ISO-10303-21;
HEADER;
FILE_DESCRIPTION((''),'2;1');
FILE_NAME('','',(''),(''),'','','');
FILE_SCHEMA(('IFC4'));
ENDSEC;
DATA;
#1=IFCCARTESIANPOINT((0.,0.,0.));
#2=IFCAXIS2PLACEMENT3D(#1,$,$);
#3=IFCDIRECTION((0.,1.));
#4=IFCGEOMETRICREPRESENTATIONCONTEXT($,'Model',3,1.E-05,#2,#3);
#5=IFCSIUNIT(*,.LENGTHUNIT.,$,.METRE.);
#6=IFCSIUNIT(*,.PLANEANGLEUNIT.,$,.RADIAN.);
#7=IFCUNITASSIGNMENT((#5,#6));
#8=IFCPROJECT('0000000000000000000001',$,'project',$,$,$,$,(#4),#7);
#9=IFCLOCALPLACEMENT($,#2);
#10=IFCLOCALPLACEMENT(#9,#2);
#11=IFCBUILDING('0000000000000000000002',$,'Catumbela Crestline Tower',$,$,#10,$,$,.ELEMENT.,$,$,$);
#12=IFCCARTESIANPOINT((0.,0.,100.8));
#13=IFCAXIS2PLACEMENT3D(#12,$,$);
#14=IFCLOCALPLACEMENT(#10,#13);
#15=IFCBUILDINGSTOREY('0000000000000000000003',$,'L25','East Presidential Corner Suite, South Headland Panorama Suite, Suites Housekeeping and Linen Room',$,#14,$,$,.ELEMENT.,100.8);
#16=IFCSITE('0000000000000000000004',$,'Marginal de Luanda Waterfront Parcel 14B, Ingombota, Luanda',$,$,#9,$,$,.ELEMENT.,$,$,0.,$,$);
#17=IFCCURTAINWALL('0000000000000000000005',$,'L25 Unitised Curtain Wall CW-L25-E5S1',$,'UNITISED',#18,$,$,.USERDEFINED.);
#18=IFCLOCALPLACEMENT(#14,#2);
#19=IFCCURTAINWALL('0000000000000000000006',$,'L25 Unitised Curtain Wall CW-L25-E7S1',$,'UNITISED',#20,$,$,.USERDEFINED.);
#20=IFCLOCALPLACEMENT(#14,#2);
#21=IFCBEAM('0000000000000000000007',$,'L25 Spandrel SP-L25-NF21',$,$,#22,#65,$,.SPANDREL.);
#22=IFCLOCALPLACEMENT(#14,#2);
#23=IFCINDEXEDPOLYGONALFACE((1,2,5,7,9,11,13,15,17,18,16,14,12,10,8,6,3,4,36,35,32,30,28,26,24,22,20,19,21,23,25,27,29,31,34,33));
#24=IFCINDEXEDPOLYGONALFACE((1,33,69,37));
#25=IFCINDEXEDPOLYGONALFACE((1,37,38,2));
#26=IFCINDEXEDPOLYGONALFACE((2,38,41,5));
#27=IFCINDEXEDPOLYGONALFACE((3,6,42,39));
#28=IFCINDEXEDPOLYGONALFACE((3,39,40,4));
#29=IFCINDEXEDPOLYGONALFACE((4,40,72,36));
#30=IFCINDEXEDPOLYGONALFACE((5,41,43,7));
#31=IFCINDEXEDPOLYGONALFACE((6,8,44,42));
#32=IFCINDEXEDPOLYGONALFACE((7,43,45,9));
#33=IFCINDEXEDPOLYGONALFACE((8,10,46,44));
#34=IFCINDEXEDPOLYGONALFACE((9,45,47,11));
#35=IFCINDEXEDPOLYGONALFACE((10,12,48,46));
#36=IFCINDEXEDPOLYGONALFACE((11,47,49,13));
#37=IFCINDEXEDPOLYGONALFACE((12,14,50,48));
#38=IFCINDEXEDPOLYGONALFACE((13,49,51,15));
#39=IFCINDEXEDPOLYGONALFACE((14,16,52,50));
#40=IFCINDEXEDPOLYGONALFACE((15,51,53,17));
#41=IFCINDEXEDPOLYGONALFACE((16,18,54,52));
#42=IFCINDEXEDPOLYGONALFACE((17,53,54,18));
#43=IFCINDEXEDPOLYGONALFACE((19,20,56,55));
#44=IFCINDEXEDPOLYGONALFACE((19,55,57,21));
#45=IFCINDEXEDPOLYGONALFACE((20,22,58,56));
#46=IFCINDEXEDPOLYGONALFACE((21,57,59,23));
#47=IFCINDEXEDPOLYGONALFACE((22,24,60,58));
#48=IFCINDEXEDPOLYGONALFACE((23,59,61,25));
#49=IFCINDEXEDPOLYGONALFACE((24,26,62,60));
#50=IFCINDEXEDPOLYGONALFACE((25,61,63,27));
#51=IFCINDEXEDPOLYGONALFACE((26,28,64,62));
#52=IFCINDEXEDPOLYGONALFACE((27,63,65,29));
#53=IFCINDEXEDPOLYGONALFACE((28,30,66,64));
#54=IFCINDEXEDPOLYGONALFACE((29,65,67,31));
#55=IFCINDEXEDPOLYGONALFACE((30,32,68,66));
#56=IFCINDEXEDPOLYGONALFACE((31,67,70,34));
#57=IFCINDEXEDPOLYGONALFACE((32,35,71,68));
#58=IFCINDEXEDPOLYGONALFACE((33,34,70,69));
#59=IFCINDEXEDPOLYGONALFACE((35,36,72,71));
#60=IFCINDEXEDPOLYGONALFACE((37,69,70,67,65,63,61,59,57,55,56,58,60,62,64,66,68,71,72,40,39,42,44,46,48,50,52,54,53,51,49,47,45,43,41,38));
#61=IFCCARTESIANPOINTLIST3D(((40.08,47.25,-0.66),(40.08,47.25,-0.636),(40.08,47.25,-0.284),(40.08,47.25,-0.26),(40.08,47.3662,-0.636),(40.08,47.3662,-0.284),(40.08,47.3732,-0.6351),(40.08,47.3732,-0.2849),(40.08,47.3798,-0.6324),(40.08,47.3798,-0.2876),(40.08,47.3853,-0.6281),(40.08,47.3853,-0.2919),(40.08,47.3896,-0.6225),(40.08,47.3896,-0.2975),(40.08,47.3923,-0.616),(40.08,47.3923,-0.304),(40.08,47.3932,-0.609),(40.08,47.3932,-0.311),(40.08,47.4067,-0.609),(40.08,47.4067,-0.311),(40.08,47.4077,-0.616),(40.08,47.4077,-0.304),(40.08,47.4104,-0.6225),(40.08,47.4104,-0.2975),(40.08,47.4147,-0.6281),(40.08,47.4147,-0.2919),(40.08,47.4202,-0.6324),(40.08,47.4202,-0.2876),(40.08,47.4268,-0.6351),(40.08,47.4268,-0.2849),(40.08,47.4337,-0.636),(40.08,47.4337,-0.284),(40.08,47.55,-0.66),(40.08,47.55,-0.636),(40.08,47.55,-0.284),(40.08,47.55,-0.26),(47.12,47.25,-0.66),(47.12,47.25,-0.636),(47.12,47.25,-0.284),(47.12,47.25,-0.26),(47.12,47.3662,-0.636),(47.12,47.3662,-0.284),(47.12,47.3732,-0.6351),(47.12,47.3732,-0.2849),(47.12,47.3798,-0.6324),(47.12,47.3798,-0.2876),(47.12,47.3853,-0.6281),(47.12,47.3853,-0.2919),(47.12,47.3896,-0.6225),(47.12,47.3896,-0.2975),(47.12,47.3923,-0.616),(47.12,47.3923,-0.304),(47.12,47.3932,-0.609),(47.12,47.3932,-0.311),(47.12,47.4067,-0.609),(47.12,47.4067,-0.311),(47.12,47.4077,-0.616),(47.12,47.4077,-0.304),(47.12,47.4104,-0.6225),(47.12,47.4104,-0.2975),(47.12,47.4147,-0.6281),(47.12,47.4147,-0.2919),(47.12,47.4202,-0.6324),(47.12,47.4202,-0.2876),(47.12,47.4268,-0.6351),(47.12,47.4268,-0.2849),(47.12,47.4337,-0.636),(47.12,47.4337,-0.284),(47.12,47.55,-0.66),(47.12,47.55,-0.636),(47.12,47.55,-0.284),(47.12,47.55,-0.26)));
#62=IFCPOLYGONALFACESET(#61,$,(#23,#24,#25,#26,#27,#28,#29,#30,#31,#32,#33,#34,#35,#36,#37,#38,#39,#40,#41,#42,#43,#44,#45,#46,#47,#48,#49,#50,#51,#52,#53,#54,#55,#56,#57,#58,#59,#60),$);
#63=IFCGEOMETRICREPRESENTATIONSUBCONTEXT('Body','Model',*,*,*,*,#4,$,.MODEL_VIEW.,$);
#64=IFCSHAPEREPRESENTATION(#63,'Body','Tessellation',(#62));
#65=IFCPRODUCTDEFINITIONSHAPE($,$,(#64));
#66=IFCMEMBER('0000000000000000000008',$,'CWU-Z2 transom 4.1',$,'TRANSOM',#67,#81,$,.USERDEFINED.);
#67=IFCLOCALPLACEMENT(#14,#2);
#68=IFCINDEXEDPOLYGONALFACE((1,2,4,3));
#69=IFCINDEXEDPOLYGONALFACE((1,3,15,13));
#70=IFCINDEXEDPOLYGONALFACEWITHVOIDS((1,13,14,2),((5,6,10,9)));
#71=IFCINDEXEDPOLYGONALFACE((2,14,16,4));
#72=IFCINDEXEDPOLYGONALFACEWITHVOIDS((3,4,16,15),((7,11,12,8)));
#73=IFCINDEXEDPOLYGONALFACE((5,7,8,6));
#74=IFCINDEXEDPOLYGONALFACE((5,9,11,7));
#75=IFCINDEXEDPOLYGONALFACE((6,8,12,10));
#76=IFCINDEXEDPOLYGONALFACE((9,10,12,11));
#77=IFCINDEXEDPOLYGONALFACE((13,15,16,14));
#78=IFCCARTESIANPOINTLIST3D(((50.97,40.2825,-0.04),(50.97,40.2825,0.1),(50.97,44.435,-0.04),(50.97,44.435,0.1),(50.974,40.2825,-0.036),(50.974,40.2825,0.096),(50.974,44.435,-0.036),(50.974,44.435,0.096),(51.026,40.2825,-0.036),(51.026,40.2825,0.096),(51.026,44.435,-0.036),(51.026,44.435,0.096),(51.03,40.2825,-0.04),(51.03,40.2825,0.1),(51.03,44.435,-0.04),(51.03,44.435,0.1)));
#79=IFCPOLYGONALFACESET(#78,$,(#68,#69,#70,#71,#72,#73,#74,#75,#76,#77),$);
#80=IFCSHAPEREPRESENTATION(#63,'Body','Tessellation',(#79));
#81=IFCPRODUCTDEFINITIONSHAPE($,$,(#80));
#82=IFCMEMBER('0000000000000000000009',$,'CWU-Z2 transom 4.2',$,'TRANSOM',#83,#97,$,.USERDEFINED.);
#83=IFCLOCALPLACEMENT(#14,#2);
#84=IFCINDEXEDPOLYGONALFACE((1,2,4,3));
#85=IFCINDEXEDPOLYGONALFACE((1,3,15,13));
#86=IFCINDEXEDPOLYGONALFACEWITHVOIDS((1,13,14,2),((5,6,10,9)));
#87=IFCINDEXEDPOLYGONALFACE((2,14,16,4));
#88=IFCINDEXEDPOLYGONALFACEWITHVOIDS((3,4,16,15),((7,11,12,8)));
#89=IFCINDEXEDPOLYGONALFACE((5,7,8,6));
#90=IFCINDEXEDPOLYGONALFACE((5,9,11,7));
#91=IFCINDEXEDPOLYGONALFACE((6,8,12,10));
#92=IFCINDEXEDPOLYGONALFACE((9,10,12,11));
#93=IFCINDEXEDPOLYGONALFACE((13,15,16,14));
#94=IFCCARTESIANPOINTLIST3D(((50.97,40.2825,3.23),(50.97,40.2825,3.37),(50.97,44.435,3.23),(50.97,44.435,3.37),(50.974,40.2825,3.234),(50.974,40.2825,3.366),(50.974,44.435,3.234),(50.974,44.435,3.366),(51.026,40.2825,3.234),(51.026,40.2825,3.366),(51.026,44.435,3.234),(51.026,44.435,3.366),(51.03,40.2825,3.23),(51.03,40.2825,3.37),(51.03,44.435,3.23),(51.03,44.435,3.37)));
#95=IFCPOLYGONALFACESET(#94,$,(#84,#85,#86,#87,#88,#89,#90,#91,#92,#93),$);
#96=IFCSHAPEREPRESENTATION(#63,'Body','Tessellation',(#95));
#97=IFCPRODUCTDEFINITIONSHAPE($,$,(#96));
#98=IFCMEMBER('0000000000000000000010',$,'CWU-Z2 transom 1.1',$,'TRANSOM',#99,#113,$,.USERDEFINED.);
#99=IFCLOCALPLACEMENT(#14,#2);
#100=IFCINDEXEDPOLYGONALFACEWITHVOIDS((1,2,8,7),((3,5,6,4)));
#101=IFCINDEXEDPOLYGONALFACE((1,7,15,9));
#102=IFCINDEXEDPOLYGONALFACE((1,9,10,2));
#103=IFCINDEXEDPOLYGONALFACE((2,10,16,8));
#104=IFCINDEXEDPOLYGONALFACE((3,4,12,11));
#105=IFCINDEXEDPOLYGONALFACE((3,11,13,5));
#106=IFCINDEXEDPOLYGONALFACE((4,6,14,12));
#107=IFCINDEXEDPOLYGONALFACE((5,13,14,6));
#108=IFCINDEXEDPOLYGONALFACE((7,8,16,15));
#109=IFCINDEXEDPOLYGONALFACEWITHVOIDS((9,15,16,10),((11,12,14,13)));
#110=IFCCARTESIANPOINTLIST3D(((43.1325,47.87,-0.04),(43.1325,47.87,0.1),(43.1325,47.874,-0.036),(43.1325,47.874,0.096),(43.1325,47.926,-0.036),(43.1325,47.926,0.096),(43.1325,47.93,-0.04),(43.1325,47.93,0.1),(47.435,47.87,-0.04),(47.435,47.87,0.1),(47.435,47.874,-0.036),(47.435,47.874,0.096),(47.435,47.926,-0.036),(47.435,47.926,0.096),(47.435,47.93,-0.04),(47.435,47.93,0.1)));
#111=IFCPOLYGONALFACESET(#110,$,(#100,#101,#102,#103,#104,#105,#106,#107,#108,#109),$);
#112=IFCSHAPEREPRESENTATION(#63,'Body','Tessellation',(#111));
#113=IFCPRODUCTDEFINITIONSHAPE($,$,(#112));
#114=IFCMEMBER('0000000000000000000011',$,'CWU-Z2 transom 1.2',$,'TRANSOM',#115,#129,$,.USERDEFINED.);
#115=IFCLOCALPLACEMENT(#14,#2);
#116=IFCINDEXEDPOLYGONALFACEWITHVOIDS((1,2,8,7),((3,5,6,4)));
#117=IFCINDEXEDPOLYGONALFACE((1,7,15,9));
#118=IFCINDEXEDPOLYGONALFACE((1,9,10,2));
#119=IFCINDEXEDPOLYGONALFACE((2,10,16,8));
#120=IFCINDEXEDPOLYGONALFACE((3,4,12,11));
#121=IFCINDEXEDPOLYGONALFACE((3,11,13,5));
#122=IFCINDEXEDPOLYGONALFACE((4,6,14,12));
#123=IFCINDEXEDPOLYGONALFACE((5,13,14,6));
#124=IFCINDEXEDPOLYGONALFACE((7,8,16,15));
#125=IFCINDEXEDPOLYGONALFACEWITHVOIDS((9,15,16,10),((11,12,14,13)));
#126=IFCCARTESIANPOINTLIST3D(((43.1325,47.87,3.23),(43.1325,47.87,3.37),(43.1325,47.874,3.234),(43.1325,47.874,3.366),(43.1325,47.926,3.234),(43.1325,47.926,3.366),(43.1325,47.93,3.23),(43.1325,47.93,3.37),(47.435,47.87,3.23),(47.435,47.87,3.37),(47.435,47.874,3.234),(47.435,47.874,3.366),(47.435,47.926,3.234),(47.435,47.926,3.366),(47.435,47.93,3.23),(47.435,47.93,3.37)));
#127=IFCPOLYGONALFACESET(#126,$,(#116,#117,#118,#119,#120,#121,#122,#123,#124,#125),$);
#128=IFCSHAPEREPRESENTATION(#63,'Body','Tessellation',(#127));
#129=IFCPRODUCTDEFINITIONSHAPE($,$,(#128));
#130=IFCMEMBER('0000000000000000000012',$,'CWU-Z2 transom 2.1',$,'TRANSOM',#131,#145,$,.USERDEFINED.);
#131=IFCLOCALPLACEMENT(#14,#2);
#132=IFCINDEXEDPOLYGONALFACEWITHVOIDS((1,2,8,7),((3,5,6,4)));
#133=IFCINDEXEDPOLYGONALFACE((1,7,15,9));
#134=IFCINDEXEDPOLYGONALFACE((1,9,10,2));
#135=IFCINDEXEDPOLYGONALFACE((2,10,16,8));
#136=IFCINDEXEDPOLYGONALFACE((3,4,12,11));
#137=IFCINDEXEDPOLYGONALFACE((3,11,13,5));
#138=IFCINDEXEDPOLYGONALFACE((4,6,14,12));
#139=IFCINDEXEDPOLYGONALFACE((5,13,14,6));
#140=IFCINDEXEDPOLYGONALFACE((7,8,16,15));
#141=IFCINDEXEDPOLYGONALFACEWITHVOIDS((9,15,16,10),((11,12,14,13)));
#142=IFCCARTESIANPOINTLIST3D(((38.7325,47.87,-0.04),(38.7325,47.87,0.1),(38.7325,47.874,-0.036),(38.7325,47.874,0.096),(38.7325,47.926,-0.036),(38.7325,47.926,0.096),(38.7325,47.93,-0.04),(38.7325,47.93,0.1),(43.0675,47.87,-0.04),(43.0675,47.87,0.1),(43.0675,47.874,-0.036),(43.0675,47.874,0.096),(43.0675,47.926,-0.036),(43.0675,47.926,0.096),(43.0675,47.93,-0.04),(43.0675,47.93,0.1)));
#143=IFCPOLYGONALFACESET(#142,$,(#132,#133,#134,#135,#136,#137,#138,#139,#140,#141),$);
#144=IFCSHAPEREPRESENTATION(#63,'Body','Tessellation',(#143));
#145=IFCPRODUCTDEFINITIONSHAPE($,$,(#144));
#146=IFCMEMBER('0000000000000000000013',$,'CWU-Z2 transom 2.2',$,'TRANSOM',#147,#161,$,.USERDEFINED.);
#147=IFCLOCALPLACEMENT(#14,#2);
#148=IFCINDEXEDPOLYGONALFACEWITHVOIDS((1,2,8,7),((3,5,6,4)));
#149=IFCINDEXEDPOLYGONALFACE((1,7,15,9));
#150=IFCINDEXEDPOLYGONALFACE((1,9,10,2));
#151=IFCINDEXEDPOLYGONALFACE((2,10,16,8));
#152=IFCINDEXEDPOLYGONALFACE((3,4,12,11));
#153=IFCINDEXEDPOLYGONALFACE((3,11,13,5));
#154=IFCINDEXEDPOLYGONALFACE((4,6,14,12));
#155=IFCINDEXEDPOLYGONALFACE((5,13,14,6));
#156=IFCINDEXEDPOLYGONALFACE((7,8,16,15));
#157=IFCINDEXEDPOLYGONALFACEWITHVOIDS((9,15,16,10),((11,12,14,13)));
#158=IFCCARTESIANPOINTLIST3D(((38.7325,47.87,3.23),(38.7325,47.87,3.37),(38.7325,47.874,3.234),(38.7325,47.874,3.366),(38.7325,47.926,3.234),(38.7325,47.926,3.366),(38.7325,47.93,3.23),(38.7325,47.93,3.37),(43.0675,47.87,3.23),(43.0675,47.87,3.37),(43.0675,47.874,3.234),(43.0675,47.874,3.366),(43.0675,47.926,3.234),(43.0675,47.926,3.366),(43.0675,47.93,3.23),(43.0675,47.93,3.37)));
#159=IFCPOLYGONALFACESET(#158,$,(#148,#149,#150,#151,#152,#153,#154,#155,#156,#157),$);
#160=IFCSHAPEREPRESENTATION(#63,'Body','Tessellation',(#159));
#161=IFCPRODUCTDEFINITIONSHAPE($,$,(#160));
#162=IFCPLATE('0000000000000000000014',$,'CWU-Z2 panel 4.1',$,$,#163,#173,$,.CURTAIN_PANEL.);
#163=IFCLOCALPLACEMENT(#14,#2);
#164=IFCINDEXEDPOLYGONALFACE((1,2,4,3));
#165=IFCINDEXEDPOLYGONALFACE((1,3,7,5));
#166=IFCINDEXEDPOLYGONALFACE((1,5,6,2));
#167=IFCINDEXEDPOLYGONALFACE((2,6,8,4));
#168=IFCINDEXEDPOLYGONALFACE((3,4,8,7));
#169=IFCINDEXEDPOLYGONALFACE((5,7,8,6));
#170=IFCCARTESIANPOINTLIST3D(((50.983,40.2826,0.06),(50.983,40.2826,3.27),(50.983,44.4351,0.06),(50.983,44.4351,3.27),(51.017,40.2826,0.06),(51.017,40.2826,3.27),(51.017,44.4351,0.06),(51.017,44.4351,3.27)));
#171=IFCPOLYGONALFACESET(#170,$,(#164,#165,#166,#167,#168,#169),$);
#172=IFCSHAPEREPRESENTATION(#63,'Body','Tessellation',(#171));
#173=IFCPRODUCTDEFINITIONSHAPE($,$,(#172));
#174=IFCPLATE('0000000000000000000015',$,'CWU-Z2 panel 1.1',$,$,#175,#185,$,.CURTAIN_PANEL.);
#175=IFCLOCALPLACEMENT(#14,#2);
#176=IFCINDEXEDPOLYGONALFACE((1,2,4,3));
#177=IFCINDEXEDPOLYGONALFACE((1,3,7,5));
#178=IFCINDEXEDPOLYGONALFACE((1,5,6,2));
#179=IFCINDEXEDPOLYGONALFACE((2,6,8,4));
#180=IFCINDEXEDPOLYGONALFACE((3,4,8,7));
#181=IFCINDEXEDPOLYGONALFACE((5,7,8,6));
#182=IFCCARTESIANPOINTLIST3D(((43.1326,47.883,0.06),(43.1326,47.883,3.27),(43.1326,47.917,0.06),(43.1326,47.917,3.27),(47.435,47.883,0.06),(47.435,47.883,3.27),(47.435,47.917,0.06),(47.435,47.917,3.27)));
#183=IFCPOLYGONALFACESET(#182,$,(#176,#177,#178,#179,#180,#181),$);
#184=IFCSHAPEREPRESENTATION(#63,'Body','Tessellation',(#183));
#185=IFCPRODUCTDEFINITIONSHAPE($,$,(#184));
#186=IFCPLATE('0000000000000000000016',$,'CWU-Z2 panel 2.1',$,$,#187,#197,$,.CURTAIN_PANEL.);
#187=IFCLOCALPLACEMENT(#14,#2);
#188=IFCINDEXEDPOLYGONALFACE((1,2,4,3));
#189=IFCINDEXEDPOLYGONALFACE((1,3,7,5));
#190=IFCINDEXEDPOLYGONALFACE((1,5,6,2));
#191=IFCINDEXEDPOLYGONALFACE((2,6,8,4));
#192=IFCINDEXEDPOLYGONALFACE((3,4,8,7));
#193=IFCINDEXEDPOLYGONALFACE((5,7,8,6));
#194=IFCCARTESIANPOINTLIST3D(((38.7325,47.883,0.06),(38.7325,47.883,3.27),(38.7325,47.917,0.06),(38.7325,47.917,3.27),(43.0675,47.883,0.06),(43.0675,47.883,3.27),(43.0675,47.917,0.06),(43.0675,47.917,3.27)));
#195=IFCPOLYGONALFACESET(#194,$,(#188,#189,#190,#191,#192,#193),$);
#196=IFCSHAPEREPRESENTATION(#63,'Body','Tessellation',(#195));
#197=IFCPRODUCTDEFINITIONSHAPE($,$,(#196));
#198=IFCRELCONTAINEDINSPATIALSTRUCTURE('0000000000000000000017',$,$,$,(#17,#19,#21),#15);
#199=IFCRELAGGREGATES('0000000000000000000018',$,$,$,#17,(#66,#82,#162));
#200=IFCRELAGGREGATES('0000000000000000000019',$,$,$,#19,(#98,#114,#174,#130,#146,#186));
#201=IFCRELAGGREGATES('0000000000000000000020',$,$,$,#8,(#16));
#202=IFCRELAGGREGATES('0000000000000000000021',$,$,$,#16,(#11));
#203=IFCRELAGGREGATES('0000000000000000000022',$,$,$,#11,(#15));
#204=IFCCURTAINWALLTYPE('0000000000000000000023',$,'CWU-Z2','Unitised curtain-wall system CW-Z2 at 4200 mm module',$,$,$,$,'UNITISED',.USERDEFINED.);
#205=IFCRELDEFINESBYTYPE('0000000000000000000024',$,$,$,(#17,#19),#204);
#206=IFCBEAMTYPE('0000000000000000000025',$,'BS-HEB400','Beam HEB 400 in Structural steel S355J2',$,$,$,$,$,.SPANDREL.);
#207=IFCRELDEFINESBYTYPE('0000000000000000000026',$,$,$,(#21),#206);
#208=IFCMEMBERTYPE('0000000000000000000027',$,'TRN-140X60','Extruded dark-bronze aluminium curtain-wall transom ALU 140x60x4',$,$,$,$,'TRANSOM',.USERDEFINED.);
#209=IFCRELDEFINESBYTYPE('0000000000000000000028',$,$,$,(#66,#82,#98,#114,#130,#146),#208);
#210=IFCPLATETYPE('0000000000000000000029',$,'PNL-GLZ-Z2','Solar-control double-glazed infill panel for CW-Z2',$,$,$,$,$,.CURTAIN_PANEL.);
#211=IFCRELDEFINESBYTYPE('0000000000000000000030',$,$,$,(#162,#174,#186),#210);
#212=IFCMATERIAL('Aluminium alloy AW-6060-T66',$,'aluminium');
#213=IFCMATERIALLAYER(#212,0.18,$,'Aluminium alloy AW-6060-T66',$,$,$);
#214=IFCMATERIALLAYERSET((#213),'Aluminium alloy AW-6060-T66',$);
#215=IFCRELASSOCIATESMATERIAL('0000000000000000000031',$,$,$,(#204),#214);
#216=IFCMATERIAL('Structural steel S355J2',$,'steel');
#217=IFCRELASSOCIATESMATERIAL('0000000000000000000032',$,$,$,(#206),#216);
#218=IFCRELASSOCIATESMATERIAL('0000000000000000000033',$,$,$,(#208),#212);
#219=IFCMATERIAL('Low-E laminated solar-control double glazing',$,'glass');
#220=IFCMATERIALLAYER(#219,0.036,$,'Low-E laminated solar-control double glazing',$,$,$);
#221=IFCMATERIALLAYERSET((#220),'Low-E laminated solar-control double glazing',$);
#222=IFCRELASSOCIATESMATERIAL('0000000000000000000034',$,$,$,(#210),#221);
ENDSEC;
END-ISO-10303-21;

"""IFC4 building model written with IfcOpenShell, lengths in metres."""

from ifc_helpers import new_model, si_unit, direction, frame, origin, origin_2d, place, context, subcontext, project, spatial, rectangle, hollow_rectangle, i_section, extrude, material, layer, layer_set, material_profile, profile_set, type_object, element, aggregate, save


model = new_model("IFC4")

# Units and contexts
model_context = context("Model", 3, precision=1e-05, world=origin(), true_north=direction((0.0, 1.0)))
body_context = subcontext(model_context, "Body", "Model", "MODEL_VIEW")
ifc_project = project(units=[si_unit("LENGTHUNIT", "METRE"), si_unit("PLANEANGLEUNIT", "RADIAN")], contexts=[model_context])

# Site, building, storey
site_placement = place(None, origin())
site = spatial("IfcSite", under=ifc_project, at=site_placement, Name="Marginal de Luanda Waterfront Parcel 14B, Ingombota, Luanda", CompositionType="ELEMENT", RefElevation=0.0)
building_placement = place(site_placement, origin())
building = spatial("IfcBuilding", under=site, at=building_placement, Name="Catumbela Crestline Tower", CompositionType="ELEMENT")
storey_placement = place(building_placement, frame((0.0, 0.0, 100.8)))
storey = spatial("IfcBuildingStorey", under=building, at=storey_placement, Name="L25", Description="East Presidential Corner Suite, South Headland Panorama Suite, Suites Housekeeping and Linen Room", CompositionType="ELEMENT", Elevation=100.8)

# Curtain walls
ifc_material_1 = material(Name="Aluminium alloy AW-6060-T66", Category="aluminium")
ifc_layer_1 = layer(ifc_material_1, 0.18, Name="Aluminium alloy AW-6060-T66")
ifc_layer_set_1 = layer_set([ifc_layer_1], Name="Aluminium alloy AW-6060-T66")
curtain_wall_type = type_object("IfcCurtainWallType", Name="CWU-Z2", Description="Unitised curtain-wall system CW-Z2 at 4200 mm module", ElementType="UNITISED", PredefinedType="USERDEFINED", material=ifc_layer_set_1)
curtain_wall_1_placement = place(storey_placement, origin())
curtain_wall_1 = element("IfcCurtainWall", 1, at=curtain_wall_1_placement, inside=storey, type_object=curtain_wall_type, Name="L25 Unitised Curtain Wall CW-L25-E5S1", ObjectType="UNITISED", PredefinedType="USERDEFINED")
curtain_wall_2_placement = place(storey_placement, origin())
curtain_wall_2 = element("IfcCurtainWall", 2, at=curtain_wall_2_placement, inside=storey, type_object=curtain_wall_type, Name="L25 Unitised Curtain Wall CW-L25-E7S1", ObjectType="UNITISED", PredefinedType="USERDEFINED")

# Beam
ifc_material_2 = material(Name="Structural steel S355J2", Category="steel")
ifc_material_profile_1 = material_profile(ifc_material_2, i_section(OverallWidth=0.3, OverallDepth=0.4, WebThickness=0.0135, FlangeThickness=0.024, FilletRadius=0.027, at=origin_2d()), Name="HEB 400")
ifc_profile_set_1 = profile_set([ifc_material_profile_1], Name="Structural steel S355J2")
beam_type = type_object("IfcBeamType", Name="BS-HEB400", Description="Beam HEB 400 in Structural steel S355J2", PredefinedType="SPANDREL", material=ifc_profile_set_1)
beam_placement = place(storey_placement, frame((40.08, 47.4, -0.46), z_axis=(1.0, 0.0, 0.0), x_axis=(0.0, 1.0, 0.0)))
element("IfcBeam", 3, at=beam_placement, inside=storey, type_object=beam_type, Name="L25 Spandrel SP-L25-NF21", PredefinedType="SPANDREL", context=body_context, shape_type="SweptSolid", body=[
    extrude(i_section(OverallWidth=0.3, OverallDepth=0.4, WebThickness=0.0135, FlangeThickness=0.024, FilletRadius=0.027, at=origin_2d()), origin(), (0.0, 0.0, 1.0), 7.04),
])

# Members
ifc_material_profile_2 = material_profile(ifc_material_1, hollow_rectangle(XDim=0.06, YDim=0.14, WallThickness=0.004, at=origin_2d()), Name="ALU 140x60x4")
ifc_profile_set_2 = profile_set([ifc_material_profile_2], Name="Aluminium alloy AW-6060-T66")
member_type_1 = type_object("IfcMemberType", Name="TRN-140X60", Description="Extruded dark-bronze aluminium curtain-wall transom ALU 140x60x4", ElementType="TRANSOM", PredefinedType="USERDEFINED", material=ifc_profile_set_2)
member_1_placement = place(storey_placement, frame((51.0, 40.2825, 0.03), z_axis=(0.0, 1.0, 0.0), x_axis=(-1.0, 0.0, 0.0)))
member_1 = element("IfcMember", 4, at=member_1_placement, type_object=member_type_1, Name="CWU-Z2 transom 4.1", ObjectType="TRANSOM", PredefinedType="USERDEFINED", context=body_context, shape_type="SweptSolid", body=[
    extrude(hollow_rectangle(XDim=0.06, YDim=0.14, WallThickness=0.004, at=origin_2d()), origin(), (0.0, 0.0, 1.0), 4.1525),
])
member_2_placement = place(storey_placement, frame((51.0, 40.2825, 3.3), z_axis=(0.0, 1.0, 0.0), x_axis=(-1.0, 0.0, 0.0)))
member_2 = element("IfcMember", 5, at=member_2_placement, type_object=member_type_1, Name="CWU-Z2 transom 4.2", ObjectType="TRANSOM", PredefinedType="USERDEFINED", context=body_context, shape_type="SweptSolid", body=[
    extrude(hollow_rectangle(XDim=0.06, YDim=0.14, WallThickness=0.004, at=origin_2d()), origin(), (0.0, 0.0, 1.0), 4.1525),
])
member_3_placement = place(storey_placement, frame((47.435, 47.9, 0.03), z_axis=(-1.0, 0.0, 0.0), x_axis=(0.0, -1.0, 0.0)))
member_3 = element("IfcMember", 6, at=member_3_placement, type_object=member_type_1, Name="CWU-Z2 transom 1.1", ObjectType="TRANSOM", PredefinedType="USERDEFINED", context=body_context, shape_type="SweptSolid", body=[
    extrude(hollow_rectangle(XDim=0.06, YDim=0.14, WallThickness=0.004, at=origin_2d()), origin(), (0.0, 0.0, 1.0), 4.3025),
])
member_4_placement = place(storey_placement, frame((47.435, 47.9, 3.3), z_axis=(-1.0, 0.0, 0.0), x_axis=(0.0, -1.0, 0.0)))
member_4 = element("IfcMember", 7, at=member_4_placement, type_object=member_type_1, Name="CWU-Z2 transom 1.2", ObjectType="TRANSOM", PredefinedType="USERDEFINED", context=body_context, shape_type="SweptSolid", body=[
    extrude(hollow_rectangle(XDim=0.06, YDim=0.14, WallThickness=0.004, at=origin_2d()), origin(), (0.0, 0.0, 1.0), 4.3025),
])
member_5_placement = place(storey_placement, frame((43.0675, 47.9, 0.03), z_axis=(-1.0, 0.0, 0.0), x_axis=(0.0, -1.0, 0.0)))
member_5 = element("IfcMember", 8, at=member_5_placement, type_object=member_type_1, Name="CWU-Z2 transom 2.1", ObjectType="TRANSOM", PredefinedType="USERDEFINED", context=body_context, shape_type="SweptSolid", body=[
    extrude(hollow_rectangle(XDim=0.06, YDim=0.14, WallThickness=0.004, at=origin_2d()), origin(), (0.0, 0.0, 1.0), 4.335),
])
member_6_placement = place(storey_placement, frame((43.0675, 47.9, 3.3), z_axis=(-1.0, 0.0, 0.0), x_axis=(0.0, -1.0, 0.0)))
member_6 = element("IfcMember", 9, at=member_6_placement, type_object=member_type_1, Name="CWU-Z2 transom 2.2", ObjectType="TRANSOM", PredefinedType="USERDEFINED", context=body_context, shape_type="SweptSolid", body=[
    extrude(hollow_rectangle(XDim=0.06, YDim=0.14, WallThickness=0.004, at=origin_2d()), origin(), (0.0, 0.0, 1.0), 4.335),
])

# Plates
ifc_material_3 = material(Name="Low-E laminated solar-control double glazing", Category="glass")
ifc_layer_2 = layer(ifc_material_3, 0.036, Name="Low-E laminated solar-control double glazing")
ifc_layer_set_2 = layer_set([ifc_layer_2], Name="Low-E laminated solar-control double glazing")
plate_type = type_object("IfcPlateType", Name="PNL-GLZ-Z2", Description="Solar-control double-glazed infill panel for CW-Z2", PredefinedType="CURTAIN_PANEL", material=ifc_layer_set_2)
plate_1_placement = place(storey_placement, frame((51.0, 42.3588, 0.06), z_axis=(0.0, 0.0, 1.0), x_axis=(0.0, 1.0, 0.0)))
plate_1 = element("IfcPlate", 10, at=plate_1_placement, type_object=plate_type, Name="CWU-Z2 panel 4.1", PredefinedType="CURTAIN_PANEL", context=body_context, shape_type="SweptSolid", body=[
    extrude(rectangle(XDim=4.1525, YDim=0.034, at=origin_2d()), origin(), (0.0, 0.0, 1.0), 3.21),
])
aggregate(curtain_wall_1, [member_1, member_2, plate_1])
plate_2_placement = place(storey_placement, frame((45.2838, 47.9, 0.06), z_axis=(0.0, 0.0, 1.0), x_axis=(-1.0, 0.0, 0.0)))
plate_2 = element("IfcPlate", 11, at=plate_2_placement, type_object=plate_type, Name="CWU-Z2 panel 1.1", PredefinedType="CURTAIN_PANEL", context=body_context, shape_type="SweptSolid", body=[
    extrude(rectangle(XDim=4.3025, YDim=0.034, at=origin_2d()), origin(), (0.0, 0.0, 1.0), 3.21),
])
plate_3_placement = place(storey_placement, frame((40.9, 47.9, 0.06), z_axis=(0.0, 0.0, 1.0), x_axis=(-1.0, 0.0, 0.0)))
plate_3 = element("IfcPlate", 12, at=plate_3_placement, type_object=plate_type, Name="CWU-Z2 panel 2.1", PredefinedType="CURTAIN_PANEL", context=body_context, shape_type="SweptSolid", body=[
    extrude(rectangle(XDim=4.335, YDim=0.034, at=origin_2d()), origin(), (0.0, 0.0, 1.0), 3.21),
])
aggregate(curtain_wall_2, [member_3, member_4, plate_2, member_5, member_6, plate_3])

save(model, "model.ifc")
